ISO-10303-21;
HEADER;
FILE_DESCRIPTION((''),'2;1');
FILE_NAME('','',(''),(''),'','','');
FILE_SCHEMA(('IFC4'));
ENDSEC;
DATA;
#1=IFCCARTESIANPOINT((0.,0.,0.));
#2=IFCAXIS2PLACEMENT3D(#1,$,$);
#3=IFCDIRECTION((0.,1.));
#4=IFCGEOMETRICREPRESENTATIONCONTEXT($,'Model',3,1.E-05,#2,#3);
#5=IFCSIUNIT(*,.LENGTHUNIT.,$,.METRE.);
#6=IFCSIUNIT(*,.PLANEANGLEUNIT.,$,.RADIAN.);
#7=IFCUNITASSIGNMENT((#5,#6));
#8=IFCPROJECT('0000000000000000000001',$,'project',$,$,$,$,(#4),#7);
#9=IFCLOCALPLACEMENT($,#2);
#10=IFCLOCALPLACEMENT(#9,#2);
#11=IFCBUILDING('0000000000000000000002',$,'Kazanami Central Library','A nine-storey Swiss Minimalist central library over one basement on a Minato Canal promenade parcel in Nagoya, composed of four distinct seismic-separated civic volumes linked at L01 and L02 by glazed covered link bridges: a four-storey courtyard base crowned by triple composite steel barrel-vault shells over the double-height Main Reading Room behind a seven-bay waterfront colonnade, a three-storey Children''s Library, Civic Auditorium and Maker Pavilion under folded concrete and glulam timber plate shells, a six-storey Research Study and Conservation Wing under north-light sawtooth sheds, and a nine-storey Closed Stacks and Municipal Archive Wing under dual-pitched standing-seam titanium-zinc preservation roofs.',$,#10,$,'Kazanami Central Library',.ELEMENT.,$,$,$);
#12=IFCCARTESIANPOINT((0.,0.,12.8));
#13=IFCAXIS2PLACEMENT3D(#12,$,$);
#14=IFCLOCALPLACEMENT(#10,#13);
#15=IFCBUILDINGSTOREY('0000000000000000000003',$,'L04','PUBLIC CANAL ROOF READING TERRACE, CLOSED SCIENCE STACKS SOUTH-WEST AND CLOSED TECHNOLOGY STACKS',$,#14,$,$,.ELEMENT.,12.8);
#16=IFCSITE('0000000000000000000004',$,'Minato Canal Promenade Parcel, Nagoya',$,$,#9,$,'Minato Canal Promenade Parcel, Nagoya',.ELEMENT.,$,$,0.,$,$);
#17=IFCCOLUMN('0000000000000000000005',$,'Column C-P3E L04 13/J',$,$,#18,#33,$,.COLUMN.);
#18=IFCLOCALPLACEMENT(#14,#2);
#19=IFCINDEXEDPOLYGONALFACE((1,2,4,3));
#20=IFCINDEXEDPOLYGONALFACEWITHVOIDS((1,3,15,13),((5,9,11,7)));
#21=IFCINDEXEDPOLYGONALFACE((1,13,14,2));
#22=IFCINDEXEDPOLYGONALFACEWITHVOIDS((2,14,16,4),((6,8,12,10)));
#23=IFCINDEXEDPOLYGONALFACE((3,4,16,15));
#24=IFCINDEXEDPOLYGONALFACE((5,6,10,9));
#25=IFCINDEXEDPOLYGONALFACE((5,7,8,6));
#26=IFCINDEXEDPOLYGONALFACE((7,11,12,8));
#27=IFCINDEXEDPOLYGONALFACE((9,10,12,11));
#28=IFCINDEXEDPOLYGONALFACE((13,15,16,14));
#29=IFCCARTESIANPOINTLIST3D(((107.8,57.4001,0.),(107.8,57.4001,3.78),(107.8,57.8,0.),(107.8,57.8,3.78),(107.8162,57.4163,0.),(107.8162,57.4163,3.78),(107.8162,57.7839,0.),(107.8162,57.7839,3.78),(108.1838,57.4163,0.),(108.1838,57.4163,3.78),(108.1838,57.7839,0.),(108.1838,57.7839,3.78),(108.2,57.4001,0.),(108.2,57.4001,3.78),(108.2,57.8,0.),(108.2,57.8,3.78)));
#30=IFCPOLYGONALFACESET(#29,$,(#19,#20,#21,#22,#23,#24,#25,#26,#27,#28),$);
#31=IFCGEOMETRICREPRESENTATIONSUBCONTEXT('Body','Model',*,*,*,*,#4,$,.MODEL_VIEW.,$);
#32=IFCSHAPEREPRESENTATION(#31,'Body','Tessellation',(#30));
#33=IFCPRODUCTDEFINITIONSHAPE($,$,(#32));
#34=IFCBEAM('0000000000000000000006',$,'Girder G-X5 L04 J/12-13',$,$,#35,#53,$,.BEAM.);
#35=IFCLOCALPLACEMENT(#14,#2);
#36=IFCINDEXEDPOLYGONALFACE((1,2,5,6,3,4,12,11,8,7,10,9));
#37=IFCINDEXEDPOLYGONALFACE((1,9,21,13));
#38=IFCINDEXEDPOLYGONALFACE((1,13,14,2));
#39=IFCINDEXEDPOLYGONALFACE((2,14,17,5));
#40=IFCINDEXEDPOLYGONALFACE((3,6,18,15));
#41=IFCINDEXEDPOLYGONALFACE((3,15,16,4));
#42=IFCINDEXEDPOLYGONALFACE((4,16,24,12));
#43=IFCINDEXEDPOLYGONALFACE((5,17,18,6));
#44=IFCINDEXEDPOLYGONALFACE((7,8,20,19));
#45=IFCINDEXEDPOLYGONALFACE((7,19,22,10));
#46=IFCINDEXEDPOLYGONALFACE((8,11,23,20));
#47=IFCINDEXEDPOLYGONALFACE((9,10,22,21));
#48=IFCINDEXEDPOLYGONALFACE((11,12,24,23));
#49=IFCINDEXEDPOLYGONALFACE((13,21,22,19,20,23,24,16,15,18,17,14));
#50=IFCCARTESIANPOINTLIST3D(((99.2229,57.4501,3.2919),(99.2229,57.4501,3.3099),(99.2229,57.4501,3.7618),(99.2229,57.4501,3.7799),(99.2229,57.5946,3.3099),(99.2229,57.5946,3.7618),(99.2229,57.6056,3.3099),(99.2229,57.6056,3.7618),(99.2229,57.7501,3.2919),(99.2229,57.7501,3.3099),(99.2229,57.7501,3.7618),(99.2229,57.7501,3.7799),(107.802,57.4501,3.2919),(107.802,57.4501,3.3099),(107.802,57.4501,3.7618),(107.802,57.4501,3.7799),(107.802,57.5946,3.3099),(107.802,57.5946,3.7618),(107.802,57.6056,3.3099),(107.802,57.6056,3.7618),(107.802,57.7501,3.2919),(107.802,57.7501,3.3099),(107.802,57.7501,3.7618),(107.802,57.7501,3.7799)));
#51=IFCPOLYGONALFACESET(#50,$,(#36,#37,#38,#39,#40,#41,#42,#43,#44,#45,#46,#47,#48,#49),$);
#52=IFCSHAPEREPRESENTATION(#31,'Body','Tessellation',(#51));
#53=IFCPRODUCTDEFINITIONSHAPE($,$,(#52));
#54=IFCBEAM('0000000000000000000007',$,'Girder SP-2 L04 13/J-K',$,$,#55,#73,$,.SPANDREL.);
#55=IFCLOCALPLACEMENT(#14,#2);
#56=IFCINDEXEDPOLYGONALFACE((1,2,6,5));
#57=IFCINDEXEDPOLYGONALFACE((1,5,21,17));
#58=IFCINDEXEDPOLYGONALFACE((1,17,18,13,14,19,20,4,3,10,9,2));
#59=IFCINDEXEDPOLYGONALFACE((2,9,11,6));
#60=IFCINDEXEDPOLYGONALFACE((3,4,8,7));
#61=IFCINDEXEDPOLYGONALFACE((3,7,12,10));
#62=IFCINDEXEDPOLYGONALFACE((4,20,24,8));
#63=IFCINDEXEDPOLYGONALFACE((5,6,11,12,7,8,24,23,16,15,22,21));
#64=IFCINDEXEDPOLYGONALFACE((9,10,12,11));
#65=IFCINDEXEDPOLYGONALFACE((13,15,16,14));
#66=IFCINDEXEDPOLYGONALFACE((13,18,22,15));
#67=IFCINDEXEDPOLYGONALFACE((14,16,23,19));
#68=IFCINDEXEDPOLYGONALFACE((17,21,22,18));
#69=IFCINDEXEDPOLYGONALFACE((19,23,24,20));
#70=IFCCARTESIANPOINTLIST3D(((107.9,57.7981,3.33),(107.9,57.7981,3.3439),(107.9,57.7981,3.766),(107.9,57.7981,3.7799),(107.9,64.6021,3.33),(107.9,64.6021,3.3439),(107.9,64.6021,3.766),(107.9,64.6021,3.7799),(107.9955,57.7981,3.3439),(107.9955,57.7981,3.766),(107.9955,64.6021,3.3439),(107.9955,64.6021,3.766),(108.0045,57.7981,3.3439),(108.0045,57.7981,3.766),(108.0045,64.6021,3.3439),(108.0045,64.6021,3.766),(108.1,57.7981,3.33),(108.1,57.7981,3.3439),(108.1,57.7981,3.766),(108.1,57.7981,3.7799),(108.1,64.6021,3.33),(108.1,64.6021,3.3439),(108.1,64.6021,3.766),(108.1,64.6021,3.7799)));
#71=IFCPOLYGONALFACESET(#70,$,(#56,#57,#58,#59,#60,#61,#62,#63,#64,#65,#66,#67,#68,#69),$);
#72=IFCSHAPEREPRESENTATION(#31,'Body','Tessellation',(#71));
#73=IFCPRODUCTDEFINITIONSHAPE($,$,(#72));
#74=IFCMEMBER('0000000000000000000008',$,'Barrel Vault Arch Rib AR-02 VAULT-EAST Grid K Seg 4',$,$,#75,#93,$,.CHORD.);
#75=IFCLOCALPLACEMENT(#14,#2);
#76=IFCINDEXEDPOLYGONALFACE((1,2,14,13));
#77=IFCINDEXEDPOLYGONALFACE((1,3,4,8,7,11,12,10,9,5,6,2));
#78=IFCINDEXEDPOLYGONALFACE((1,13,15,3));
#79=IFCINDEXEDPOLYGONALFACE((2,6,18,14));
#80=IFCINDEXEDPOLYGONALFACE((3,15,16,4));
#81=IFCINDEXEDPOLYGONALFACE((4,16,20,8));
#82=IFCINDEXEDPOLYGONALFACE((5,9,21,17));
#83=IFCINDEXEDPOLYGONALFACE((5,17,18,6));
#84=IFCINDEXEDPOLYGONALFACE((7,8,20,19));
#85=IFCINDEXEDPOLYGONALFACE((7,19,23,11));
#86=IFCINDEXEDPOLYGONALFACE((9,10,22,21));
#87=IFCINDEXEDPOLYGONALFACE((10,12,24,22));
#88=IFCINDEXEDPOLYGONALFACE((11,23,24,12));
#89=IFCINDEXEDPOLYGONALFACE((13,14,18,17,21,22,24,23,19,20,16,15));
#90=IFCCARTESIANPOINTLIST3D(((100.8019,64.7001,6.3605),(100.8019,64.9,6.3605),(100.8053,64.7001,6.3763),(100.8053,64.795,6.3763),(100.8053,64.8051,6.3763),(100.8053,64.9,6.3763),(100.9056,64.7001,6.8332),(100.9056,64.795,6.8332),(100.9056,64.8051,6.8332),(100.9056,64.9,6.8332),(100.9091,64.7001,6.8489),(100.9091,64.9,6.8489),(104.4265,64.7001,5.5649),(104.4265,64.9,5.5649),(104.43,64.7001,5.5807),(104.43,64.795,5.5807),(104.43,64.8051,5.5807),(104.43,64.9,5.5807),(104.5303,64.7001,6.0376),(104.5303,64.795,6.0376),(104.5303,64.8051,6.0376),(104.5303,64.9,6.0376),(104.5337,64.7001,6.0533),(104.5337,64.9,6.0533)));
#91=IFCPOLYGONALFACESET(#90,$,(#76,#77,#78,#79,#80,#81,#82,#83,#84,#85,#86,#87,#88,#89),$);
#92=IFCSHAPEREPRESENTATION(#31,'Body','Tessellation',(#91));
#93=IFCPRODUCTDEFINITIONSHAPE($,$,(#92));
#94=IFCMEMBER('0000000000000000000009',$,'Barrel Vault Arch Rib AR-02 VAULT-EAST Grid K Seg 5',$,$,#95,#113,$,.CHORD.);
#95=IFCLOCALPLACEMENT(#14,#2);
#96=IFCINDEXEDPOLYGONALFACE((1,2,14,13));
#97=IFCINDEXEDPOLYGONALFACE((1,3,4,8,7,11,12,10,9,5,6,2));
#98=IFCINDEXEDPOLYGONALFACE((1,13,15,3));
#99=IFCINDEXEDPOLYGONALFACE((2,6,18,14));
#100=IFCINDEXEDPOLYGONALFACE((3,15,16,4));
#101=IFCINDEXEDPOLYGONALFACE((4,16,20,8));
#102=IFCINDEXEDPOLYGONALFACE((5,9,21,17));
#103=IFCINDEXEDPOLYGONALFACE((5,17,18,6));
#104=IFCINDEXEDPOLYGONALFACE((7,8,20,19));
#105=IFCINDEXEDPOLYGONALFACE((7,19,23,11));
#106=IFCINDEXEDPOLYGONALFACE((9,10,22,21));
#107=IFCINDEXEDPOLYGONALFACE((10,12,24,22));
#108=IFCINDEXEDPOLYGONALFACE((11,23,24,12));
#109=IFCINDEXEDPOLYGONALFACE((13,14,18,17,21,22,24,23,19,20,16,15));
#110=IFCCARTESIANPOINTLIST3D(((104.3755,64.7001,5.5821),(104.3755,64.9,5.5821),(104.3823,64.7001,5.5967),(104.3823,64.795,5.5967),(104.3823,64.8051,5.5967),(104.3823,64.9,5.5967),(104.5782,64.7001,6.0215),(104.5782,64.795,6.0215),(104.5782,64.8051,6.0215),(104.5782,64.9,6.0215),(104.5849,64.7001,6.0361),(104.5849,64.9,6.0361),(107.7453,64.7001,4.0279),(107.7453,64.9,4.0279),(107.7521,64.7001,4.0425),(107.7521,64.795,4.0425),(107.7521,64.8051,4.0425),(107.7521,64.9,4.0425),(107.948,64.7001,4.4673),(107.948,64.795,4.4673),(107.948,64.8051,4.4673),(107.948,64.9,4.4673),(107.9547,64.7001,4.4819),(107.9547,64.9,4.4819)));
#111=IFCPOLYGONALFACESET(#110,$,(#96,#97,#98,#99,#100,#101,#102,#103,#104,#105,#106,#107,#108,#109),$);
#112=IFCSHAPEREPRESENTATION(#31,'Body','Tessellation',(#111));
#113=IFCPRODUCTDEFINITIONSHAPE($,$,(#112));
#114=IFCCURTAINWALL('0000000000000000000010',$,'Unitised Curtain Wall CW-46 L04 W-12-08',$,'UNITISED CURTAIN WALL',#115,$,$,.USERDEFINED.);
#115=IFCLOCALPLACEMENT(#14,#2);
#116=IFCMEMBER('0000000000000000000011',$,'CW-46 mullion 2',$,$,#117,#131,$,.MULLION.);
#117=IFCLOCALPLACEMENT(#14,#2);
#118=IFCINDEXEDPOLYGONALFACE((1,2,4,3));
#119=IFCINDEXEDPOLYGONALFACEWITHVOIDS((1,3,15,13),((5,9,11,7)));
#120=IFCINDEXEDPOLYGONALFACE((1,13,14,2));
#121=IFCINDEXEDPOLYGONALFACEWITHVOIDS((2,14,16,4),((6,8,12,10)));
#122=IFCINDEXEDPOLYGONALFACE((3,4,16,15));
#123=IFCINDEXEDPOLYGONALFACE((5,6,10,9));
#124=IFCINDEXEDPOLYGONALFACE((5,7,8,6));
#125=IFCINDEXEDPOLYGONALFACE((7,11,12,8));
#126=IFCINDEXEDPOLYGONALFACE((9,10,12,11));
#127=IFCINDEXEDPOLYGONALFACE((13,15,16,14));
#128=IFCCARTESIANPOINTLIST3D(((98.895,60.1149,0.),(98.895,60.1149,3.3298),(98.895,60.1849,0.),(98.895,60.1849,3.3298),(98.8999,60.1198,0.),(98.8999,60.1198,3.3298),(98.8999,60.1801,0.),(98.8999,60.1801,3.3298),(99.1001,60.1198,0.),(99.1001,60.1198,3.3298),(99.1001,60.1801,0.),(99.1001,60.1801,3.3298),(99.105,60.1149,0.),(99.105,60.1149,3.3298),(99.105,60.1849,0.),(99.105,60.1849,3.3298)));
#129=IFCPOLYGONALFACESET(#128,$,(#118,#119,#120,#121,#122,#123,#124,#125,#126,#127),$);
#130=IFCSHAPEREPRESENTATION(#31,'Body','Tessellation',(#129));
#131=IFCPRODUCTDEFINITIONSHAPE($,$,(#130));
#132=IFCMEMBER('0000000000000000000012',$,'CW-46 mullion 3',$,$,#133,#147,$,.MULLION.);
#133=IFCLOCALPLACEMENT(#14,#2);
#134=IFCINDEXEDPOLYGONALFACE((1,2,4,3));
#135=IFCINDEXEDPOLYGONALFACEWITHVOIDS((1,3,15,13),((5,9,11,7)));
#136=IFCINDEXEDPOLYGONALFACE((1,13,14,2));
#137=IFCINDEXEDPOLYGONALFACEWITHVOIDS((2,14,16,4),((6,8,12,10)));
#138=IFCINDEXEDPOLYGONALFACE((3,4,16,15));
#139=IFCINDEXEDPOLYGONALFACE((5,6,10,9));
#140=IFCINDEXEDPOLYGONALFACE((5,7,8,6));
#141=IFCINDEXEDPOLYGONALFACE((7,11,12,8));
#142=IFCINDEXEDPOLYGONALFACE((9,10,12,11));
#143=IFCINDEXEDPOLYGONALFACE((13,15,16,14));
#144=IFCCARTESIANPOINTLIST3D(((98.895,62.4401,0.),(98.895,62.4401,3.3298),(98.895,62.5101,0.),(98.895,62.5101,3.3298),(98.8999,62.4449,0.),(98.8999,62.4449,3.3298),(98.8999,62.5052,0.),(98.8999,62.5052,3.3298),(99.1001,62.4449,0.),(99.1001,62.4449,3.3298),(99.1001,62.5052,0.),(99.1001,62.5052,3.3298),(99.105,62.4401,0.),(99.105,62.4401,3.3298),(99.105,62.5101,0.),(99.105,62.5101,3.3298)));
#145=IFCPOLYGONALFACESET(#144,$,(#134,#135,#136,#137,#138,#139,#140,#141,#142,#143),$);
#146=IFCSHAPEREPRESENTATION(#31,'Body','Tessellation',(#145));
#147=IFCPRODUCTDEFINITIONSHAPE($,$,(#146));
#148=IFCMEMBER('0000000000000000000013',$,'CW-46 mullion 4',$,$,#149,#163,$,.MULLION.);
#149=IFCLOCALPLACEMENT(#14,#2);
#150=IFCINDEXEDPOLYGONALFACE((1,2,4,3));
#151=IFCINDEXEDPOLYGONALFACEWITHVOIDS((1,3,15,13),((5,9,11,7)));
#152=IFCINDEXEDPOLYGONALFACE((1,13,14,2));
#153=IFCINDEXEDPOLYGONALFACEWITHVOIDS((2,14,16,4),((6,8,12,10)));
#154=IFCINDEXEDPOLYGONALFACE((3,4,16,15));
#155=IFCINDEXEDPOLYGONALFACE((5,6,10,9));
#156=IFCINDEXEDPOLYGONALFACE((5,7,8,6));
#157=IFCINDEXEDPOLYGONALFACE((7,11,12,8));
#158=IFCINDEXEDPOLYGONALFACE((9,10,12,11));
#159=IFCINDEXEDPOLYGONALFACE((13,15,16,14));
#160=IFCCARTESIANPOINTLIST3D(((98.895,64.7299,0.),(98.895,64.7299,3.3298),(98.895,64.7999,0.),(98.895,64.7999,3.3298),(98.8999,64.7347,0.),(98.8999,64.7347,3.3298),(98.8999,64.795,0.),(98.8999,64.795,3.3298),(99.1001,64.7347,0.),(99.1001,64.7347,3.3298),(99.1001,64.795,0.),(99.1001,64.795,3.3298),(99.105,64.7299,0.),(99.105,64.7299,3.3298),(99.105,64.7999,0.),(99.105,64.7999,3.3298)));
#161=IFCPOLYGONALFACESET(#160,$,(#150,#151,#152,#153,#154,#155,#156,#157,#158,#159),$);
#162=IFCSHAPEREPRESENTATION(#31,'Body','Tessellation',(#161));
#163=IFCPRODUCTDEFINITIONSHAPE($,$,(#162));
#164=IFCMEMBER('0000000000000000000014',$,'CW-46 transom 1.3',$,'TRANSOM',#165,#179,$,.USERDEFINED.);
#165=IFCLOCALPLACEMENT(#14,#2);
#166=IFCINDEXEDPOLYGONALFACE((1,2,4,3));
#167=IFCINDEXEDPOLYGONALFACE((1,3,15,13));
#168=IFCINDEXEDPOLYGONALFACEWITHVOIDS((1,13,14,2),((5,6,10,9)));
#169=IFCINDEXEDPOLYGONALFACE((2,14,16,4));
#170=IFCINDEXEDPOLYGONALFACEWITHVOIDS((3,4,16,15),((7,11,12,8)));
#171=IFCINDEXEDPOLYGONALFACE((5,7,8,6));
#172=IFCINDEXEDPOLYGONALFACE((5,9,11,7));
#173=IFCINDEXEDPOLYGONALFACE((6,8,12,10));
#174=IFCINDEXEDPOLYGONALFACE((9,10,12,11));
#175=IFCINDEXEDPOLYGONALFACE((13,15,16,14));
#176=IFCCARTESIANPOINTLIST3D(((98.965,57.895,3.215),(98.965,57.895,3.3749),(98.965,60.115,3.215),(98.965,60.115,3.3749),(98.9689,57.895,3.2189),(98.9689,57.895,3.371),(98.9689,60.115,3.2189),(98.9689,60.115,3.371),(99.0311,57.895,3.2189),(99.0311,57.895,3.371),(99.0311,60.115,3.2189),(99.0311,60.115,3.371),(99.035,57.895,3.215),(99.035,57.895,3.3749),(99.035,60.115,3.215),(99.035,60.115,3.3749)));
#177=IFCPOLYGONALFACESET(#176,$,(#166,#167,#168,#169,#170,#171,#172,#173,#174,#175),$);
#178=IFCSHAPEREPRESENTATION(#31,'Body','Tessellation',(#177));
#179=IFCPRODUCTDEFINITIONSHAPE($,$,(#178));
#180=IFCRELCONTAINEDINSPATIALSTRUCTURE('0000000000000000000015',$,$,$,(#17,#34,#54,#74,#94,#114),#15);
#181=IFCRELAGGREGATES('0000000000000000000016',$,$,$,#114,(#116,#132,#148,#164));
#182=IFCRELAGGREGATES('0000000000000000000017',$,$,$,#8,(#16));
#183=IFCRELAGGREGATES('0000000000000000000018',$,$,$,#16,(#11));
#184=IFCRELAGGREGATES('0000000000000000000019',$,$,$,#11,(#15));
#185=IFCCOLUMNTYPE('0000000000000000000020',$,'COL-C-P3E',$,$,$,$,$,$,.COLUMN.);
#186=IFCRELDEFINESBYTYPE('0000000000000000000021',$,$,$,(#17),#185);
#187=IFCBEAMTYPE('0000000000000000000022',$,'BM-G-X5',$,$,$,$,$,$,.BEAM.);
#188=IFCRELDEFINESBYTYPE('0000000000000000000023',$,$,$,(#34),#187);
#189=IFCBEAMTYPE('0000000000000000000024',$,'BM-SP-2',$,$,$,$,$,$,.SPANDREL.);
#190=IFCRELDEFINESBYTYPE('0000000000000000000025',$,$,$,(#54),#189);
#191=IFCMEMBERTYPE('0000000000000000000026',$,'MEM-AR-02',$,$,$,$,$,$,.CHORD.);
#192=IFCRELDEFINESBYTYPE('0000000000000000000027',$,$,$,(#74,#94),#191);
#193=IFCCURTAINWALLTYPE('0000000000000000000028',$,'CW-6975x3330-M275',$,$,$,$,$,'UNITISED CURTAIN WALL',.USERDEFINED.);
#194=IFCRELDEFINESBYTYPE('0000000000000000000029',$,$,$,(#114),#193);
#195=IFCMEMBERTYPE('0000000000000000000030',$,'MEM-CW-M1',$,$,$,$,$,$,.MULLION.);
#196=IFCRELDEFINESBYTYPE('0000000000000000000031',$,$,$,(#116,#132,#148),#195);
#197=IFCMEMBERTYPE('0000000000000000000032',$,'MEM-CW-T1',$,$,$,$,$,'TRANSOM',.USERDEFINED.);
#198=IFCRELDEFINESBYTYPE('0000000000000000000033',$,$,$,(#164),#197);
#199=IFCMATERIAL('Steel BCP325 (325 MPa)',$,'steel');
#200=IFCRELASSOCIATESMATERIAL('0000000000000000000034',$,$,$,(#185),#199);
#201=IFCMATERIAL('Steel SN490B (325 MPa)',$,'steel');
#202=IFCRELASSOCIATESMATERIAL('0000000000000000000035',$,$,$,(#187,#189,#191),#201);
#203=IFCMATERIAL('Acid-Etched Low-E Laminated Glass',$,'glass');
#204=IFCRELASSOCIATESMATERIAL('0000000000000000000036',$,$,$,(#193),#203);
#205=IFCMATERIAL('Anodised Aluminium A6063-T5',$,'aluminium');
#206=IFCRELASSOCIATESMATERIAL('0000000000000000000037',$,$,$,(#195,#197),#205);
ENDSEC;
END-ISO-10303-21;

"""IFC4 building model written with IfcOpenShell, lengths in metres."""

from ifc_helpers import new_model, si_unit, direction, frame, origin, origin_2d, place, context, subcontext, project, spatial, hollow_rectangle, i_section, extrude, material, material_profile, profile_set, type_object, element, aggregate, save


model = new_model("IFC4")

# Units and contexts
model_context = context("Model", 3, precision=1e-05, world=origin(), true_north=direction((0.0, 1.0)))
body_context = subcontext(model_context, "Body", "Model", "MODEL_VIEW")
ifc_project = project(units=[si_unit("LENGTHUNIT", "METRE"), si_unit("PLANEANGLEUNIT", "RADIAN")], contexts=[model_context])

# Site, building, storey
site_placement = place(None, origin())
site = spatial("IfcSite", under=ifc_project, at=site_placement, Name="Minato Canal Promenade Parcel, Nagoya", LongName="Minato Canal Promenade Parcel, Nagoya", CompositionType="ELEMENT", RefElevation=0.0)
building_placement = place(site_placement, origin())
building = spatial("IfcBuilding", under=site, at=building_placement, Name="Kazanami Central Library", Description="A nine-storey Swiss Minimalist central library over one basement on a Minato Canal promenade parcel in Nagoya, composed of four distinct seismic-separated civic volumes linked at L01 and L02 by glazed covered link bridges: a four-storey courtyard base crowned by triple composite steel barrel-vault shells over the double-height Main Reading Room behind a seven-bay waterfront colonnade, a three-storey Children's Library, Civic Auditorium and Maker Pavilion under folded concrete and glulam timber plate shells, a six-storey Research Study and Conservation Wing under north-light sawtooth sheds, and a nine-storey Closed Stacks and Municipal Archive Wing under dual-pitched standing-seam titanium-zinc preservation roofs.", LongName="Kazanami Central Library", CompositionType="ELEMENT")
storey_placement = place(building_placement, frame((0.0, 0.0, 12.8)))
storey = spatial("IfcBuildingStorey", under=building, at=storey_placement, Name="L04", Description="PUBLIC CANAL ROOF READING TERRACE, CLOSED SCIENCE STACKS SOUTH-WEST AND CLOSED TECHNOLOGY STACKS", CompositionType="ELEMENT", Elevation=12.8)

# Column
ifc_material_1 = material(Name="Steel BCP325 (325 MPa)", Category="steel")
ifc_material_profile_1 = material_profile(ifc_material_1, hollow_rectangle(XDim=0.3999, YDim=0.3999, WallThickness=0.0161, at=origin_2d()), Name="BCP-400x400x16")
ifc_profile_set_1 = profile_set([ifc_material_profile_1], Name="Steel BCP325 (325 MPa)")
column_type = type_object("IfcColumnType", Name="COL-C-P3E", PredefinedType="COLUMN", material=ifc_profile_set_1)
column_placement = place(storey_placement, frame((108.0, 57.6001, 0.0), z_axis=(0.0, 0.0, 1.0), x_axis=(1.0, 0.0, 0.0)))
element("IfcColumn", 1, at=column_placement, inside=storey, type_object=column_type, Name="Column C-P3E L04 13/J", PredefinedType="COLUMN", context=body_context, shape_type="SweptSolid", body=[
    extrude(hollow_rectangle(XDim=0.3999, YDim=0.3999, WallThickness=0.0161, at=origin_2d()), origin(), (0.0, 0.0, 1.0), 3.78),
])

# Beams
ifc_material_2 = material(Name="Steel SN490B (325 MPa)", Category="steel")
ifc_material_profile_2 = material_profile(ifc_material_2, i_section(OverallWidth=0.3, OverallDepth=0.488, WebThickness=0.011, FlangeThickness=0.0181, at=origin_2d()), Name="H-488x300x11x18")
ifc_profile_set_2 = profile_set([ifc_material_profile_2], Name="Steel SN490B (325 MPa)")
beam_type_1 = type_object("IfcBeamType", Name="BM-G-X5", PredefinedType="BEAM", material=ifc_profile_set_2)
beam_1_placement = place(storey_placement, frame((99.2229, 57.6001, 3.5359), z_axis=(1.0, 0.0, 0.0), x_axis=(0.0, 1.0, 0.0)))
element("IfcBeam", 2, at=beam_1_placement, inside=storey, type_object=beam_type_1, Name="Girder G-X5 L04 J/12-13", PredefinedType="BEAM", context=body_context, shape_type="SweptSolid", body=[
    extrude(i_section(OverallWidth=0.3, OverallDepth=0.488, WebThickness=0.011, FlangeThickness=0.0181, at=origin_2d()), origin(), (0.0, 0.0, 1.0), 8.5791),
])
ifc_material_profile_3 = material_profile(ifc_material_2, i_section(OverallWidth=0.2, OverallDepth=0.45, WebThickness=0.009, FlangeThickness=0.0139, at=origin_2d()), Name="H-450x200x9x14")
ifc_profile_set_3 = profile_set([ifc_material_profile_3], Name="Steel SN490B (325 MPa)")
beam_type_2 = type_object("IfcBeamType", Name="BM-SP-2", PredefinedType="SPANDREL", material=ifc_profile_set_3)
beam_2_placement = place(storey_placement, frame((108.0, 57.7981, 3.5549), z_axis=(0.0, 1.0, 0.0), x_axis=(-1.0, 0.0, 0.0)))
element("IfcBeam", 3, at=beam_2_placement, inside=storey, type_object=beam_type_2, Name="Girder SP-2 L04 13/J-K", PredefinedType="SPANDREL", context=body_context, shape_type="SweptSolid", body=[
    extrude(i_section(OverallWidth=0.2, OverallDepth=0.45, WebThickness=0.009, FlangeThickness=0.0139, at=origin_2d()), origin(), (0.0, 0.0, 1.0), 6.804),
])

# Members
ifc_material_profile_4 = material_profile(ifc_material_2, i_section(OverallWidth=0.2, OverallDepth=0.5, WebThickness=0.01, FlangeThickness=0.0161, at=origin_2d()), Name="H-500x200x10x16")
ifc_profile_set_4 = profile_set([ifc_material_profile_4], Name="Steel SN490B (325 MPa)")
member_type_1 = type_object("IfcMemberType", Name="MEM-AR-02", PredefinedType="CHORD", material=ifc_profile_set_4)
for number, where, z_axis, x_axis, name in (
    (4, (100.8555, 64.8, 6.6047), (0.976746, 0.0, -0.214401), (0.0, 1.0, 0.0), "Barrel Vault Arch Rib AR-02 VAULT-EAST Grid K Seg 4"),
    (5, (104.4802, 64.8, 5.8091), (0.908075, 0.0, -0.418808), (0.0, 1.0, 0.0), "Barrel Vault Arch Rib AR-02 VAULT-EAST Grid K Seg 5"),
):
    element("IfcMember", number, at=place(storey_placement, frame(where, z_axis=z_axis, x_axis=x_axis)), inside=storey, type_object=member_type_1, Name=name, PredefinedType="CHORD", context=body_context, shape_type="SweptSolid", body=[
        extrude(i_section(OverallWidth=0.2, OverallDepth=0.5, WebThickness=0.01, FlangeThickness=0.0161, at=origin_2d()), origin(), (0.0, 0.0, 1.0), 3.7109),
    ])

# Curtain wall, members
ifc_material_3 = material(Name="Acid-Etched Low-E Laminated Glass", Category="glass")
curtain_wall_type = type_object("IfcCurtainWallType", Name="CW-6975x3330-M275", ElementType="UNITISED CURTAIN WALL", PredefinedType="USERDEFINED", material=ifc_material_3)
curtain_wall_placement = place(storey_placement, origin())
curtain_wall = element("IfcCurtainWall", 6, at=curtain_wall_placement, inside=storey, type_object=curtain_wall_type, Name="Unitised Curtain Wall CW-46 L04 W-12-08", ObjectType="UNITISED CURTAIN WALL", PredefinedType="USERDEFINED")
ifc_material_4 = material(Name="Anodised Aluminium A6063-T5", Category="aluminium")
ifc_material_profile_5 = material_profile(ifc_material_4, hollow_rectangle(XDim=0.0701, YDim=0.21, WallThickness=0.0049, at=origin_2d()), Name="ALU-MULL-70x210x5")
ifc_profile_set_5 = profile_set([ifc_material_profile_5], Name="Anodised Aluminium A6063-T5")
member_type_2 = type_object("IfcMemberType", Name="MEM-CW-M1", PredefinedType="MULLION", material=ifc_profile_set_5)
member_1_placement = place(storey_placement, frame((99.0, 60.1499, 0.0), z_axis=(0.0, 0.0, 1.0), x_axis=(0.0, 1.0, 0.0)))
member_1 = element("IfcMember", 7, at=member_1_placement, type_object=member_type_2, Name="CW-46 mullion 2", PredefinedType="MULLION", context=body_context, shape_type="SweptSolid", body=[
    extrude(hollow_rectangle(XDim=0.0701, YDim=0.21, WallThickness=0.0049, at=origin_2d()), origin(), (0.0, 0.0, 1.0), 3.3298),
])
member_2_placement = place(storey_placement, frame((99.0, 62.4751, 0.0), z_axis=(0.0, 0.0, 1.0), x_axis=(0.0, 1.0, 0.0)))
member_2 = element("IfcMember", 8, at=member_2_placement, type_object=member_type_2, Name="CW-46 mullion 3", PredefinedType="MULLION", context=body_context, shape_type="SweptSolid", body=[
    extrude(hollow_rectangle(XDim=0.0701, YDim=0.21, WallThickness=0.0049, at=origin_2d()), origin(), (0.0, 0.0, 1.0), 3.3298),
])
member_3_placement = place(storey_placement, frame((99.0, 64.7649, 0.0), z_axis=(0.0, 0.0, 1.0), x_axis=(0.0, 1.0, 0.0)))
member_3 = element("IfcMember", 9, at=member_3_placement, type_object=member_type_2, Name="CW-46 mullion 4", PredefinedType="MULLION", context=body_context, shape_type="SweptSolid", body=[
    extrude(hollow_rectangle(XDim=0.0701, YDim=0.21, WallThickness=0.0049, at=origin_2d()), origin(), (0.0, 0.0, 1.0), 3.3298),
])
ifc_material_profile_6 = material_profile(ifc_material_4, hollow_rectangle(XDim=0.0701, YDim=0.1599, WallThickness=0.0039, at=origin_2d()), Name="ALU-TRAN-70x160x4")
ifc_profile_set_6 = profile_set([ifc_material_profile_6], Name="Anodised Aluminium A6063-T5")
member_type_3 = type_object("IfcMemberType", Name="MEM-CW-T1", ElementType="TRANSOM", PredefinedType="USERDEFINED", material=ifc_profile_set_6)
member_4_placement = place(storey_placement, frame((99.0, 57.895, 3.2949), z_axis=(0.0, 1.0, 0.0), x_axis=(-1.0, 0.0, 0.0)))
member_4 = element("IfcMember", 10, at=member_4_placement, type_object=member_type_3, Name="CW-46 transom 1.3", ObjectType="TRANSOM", PredefinedType="USERDEFINED", context=body_context, shape_type="SweptSolid", body=[
    extrude(hollow_rectangle(XDim=0.0701, YDim=0.1599, WallThickness=0.0039, at=origin_2d()), origin(), (0.0, 0.0, 1.0), 2.22),
])

aggregate(curtain_wall, [member_1, member_2, member_3, member_4])

save(model, "model.ifc")
